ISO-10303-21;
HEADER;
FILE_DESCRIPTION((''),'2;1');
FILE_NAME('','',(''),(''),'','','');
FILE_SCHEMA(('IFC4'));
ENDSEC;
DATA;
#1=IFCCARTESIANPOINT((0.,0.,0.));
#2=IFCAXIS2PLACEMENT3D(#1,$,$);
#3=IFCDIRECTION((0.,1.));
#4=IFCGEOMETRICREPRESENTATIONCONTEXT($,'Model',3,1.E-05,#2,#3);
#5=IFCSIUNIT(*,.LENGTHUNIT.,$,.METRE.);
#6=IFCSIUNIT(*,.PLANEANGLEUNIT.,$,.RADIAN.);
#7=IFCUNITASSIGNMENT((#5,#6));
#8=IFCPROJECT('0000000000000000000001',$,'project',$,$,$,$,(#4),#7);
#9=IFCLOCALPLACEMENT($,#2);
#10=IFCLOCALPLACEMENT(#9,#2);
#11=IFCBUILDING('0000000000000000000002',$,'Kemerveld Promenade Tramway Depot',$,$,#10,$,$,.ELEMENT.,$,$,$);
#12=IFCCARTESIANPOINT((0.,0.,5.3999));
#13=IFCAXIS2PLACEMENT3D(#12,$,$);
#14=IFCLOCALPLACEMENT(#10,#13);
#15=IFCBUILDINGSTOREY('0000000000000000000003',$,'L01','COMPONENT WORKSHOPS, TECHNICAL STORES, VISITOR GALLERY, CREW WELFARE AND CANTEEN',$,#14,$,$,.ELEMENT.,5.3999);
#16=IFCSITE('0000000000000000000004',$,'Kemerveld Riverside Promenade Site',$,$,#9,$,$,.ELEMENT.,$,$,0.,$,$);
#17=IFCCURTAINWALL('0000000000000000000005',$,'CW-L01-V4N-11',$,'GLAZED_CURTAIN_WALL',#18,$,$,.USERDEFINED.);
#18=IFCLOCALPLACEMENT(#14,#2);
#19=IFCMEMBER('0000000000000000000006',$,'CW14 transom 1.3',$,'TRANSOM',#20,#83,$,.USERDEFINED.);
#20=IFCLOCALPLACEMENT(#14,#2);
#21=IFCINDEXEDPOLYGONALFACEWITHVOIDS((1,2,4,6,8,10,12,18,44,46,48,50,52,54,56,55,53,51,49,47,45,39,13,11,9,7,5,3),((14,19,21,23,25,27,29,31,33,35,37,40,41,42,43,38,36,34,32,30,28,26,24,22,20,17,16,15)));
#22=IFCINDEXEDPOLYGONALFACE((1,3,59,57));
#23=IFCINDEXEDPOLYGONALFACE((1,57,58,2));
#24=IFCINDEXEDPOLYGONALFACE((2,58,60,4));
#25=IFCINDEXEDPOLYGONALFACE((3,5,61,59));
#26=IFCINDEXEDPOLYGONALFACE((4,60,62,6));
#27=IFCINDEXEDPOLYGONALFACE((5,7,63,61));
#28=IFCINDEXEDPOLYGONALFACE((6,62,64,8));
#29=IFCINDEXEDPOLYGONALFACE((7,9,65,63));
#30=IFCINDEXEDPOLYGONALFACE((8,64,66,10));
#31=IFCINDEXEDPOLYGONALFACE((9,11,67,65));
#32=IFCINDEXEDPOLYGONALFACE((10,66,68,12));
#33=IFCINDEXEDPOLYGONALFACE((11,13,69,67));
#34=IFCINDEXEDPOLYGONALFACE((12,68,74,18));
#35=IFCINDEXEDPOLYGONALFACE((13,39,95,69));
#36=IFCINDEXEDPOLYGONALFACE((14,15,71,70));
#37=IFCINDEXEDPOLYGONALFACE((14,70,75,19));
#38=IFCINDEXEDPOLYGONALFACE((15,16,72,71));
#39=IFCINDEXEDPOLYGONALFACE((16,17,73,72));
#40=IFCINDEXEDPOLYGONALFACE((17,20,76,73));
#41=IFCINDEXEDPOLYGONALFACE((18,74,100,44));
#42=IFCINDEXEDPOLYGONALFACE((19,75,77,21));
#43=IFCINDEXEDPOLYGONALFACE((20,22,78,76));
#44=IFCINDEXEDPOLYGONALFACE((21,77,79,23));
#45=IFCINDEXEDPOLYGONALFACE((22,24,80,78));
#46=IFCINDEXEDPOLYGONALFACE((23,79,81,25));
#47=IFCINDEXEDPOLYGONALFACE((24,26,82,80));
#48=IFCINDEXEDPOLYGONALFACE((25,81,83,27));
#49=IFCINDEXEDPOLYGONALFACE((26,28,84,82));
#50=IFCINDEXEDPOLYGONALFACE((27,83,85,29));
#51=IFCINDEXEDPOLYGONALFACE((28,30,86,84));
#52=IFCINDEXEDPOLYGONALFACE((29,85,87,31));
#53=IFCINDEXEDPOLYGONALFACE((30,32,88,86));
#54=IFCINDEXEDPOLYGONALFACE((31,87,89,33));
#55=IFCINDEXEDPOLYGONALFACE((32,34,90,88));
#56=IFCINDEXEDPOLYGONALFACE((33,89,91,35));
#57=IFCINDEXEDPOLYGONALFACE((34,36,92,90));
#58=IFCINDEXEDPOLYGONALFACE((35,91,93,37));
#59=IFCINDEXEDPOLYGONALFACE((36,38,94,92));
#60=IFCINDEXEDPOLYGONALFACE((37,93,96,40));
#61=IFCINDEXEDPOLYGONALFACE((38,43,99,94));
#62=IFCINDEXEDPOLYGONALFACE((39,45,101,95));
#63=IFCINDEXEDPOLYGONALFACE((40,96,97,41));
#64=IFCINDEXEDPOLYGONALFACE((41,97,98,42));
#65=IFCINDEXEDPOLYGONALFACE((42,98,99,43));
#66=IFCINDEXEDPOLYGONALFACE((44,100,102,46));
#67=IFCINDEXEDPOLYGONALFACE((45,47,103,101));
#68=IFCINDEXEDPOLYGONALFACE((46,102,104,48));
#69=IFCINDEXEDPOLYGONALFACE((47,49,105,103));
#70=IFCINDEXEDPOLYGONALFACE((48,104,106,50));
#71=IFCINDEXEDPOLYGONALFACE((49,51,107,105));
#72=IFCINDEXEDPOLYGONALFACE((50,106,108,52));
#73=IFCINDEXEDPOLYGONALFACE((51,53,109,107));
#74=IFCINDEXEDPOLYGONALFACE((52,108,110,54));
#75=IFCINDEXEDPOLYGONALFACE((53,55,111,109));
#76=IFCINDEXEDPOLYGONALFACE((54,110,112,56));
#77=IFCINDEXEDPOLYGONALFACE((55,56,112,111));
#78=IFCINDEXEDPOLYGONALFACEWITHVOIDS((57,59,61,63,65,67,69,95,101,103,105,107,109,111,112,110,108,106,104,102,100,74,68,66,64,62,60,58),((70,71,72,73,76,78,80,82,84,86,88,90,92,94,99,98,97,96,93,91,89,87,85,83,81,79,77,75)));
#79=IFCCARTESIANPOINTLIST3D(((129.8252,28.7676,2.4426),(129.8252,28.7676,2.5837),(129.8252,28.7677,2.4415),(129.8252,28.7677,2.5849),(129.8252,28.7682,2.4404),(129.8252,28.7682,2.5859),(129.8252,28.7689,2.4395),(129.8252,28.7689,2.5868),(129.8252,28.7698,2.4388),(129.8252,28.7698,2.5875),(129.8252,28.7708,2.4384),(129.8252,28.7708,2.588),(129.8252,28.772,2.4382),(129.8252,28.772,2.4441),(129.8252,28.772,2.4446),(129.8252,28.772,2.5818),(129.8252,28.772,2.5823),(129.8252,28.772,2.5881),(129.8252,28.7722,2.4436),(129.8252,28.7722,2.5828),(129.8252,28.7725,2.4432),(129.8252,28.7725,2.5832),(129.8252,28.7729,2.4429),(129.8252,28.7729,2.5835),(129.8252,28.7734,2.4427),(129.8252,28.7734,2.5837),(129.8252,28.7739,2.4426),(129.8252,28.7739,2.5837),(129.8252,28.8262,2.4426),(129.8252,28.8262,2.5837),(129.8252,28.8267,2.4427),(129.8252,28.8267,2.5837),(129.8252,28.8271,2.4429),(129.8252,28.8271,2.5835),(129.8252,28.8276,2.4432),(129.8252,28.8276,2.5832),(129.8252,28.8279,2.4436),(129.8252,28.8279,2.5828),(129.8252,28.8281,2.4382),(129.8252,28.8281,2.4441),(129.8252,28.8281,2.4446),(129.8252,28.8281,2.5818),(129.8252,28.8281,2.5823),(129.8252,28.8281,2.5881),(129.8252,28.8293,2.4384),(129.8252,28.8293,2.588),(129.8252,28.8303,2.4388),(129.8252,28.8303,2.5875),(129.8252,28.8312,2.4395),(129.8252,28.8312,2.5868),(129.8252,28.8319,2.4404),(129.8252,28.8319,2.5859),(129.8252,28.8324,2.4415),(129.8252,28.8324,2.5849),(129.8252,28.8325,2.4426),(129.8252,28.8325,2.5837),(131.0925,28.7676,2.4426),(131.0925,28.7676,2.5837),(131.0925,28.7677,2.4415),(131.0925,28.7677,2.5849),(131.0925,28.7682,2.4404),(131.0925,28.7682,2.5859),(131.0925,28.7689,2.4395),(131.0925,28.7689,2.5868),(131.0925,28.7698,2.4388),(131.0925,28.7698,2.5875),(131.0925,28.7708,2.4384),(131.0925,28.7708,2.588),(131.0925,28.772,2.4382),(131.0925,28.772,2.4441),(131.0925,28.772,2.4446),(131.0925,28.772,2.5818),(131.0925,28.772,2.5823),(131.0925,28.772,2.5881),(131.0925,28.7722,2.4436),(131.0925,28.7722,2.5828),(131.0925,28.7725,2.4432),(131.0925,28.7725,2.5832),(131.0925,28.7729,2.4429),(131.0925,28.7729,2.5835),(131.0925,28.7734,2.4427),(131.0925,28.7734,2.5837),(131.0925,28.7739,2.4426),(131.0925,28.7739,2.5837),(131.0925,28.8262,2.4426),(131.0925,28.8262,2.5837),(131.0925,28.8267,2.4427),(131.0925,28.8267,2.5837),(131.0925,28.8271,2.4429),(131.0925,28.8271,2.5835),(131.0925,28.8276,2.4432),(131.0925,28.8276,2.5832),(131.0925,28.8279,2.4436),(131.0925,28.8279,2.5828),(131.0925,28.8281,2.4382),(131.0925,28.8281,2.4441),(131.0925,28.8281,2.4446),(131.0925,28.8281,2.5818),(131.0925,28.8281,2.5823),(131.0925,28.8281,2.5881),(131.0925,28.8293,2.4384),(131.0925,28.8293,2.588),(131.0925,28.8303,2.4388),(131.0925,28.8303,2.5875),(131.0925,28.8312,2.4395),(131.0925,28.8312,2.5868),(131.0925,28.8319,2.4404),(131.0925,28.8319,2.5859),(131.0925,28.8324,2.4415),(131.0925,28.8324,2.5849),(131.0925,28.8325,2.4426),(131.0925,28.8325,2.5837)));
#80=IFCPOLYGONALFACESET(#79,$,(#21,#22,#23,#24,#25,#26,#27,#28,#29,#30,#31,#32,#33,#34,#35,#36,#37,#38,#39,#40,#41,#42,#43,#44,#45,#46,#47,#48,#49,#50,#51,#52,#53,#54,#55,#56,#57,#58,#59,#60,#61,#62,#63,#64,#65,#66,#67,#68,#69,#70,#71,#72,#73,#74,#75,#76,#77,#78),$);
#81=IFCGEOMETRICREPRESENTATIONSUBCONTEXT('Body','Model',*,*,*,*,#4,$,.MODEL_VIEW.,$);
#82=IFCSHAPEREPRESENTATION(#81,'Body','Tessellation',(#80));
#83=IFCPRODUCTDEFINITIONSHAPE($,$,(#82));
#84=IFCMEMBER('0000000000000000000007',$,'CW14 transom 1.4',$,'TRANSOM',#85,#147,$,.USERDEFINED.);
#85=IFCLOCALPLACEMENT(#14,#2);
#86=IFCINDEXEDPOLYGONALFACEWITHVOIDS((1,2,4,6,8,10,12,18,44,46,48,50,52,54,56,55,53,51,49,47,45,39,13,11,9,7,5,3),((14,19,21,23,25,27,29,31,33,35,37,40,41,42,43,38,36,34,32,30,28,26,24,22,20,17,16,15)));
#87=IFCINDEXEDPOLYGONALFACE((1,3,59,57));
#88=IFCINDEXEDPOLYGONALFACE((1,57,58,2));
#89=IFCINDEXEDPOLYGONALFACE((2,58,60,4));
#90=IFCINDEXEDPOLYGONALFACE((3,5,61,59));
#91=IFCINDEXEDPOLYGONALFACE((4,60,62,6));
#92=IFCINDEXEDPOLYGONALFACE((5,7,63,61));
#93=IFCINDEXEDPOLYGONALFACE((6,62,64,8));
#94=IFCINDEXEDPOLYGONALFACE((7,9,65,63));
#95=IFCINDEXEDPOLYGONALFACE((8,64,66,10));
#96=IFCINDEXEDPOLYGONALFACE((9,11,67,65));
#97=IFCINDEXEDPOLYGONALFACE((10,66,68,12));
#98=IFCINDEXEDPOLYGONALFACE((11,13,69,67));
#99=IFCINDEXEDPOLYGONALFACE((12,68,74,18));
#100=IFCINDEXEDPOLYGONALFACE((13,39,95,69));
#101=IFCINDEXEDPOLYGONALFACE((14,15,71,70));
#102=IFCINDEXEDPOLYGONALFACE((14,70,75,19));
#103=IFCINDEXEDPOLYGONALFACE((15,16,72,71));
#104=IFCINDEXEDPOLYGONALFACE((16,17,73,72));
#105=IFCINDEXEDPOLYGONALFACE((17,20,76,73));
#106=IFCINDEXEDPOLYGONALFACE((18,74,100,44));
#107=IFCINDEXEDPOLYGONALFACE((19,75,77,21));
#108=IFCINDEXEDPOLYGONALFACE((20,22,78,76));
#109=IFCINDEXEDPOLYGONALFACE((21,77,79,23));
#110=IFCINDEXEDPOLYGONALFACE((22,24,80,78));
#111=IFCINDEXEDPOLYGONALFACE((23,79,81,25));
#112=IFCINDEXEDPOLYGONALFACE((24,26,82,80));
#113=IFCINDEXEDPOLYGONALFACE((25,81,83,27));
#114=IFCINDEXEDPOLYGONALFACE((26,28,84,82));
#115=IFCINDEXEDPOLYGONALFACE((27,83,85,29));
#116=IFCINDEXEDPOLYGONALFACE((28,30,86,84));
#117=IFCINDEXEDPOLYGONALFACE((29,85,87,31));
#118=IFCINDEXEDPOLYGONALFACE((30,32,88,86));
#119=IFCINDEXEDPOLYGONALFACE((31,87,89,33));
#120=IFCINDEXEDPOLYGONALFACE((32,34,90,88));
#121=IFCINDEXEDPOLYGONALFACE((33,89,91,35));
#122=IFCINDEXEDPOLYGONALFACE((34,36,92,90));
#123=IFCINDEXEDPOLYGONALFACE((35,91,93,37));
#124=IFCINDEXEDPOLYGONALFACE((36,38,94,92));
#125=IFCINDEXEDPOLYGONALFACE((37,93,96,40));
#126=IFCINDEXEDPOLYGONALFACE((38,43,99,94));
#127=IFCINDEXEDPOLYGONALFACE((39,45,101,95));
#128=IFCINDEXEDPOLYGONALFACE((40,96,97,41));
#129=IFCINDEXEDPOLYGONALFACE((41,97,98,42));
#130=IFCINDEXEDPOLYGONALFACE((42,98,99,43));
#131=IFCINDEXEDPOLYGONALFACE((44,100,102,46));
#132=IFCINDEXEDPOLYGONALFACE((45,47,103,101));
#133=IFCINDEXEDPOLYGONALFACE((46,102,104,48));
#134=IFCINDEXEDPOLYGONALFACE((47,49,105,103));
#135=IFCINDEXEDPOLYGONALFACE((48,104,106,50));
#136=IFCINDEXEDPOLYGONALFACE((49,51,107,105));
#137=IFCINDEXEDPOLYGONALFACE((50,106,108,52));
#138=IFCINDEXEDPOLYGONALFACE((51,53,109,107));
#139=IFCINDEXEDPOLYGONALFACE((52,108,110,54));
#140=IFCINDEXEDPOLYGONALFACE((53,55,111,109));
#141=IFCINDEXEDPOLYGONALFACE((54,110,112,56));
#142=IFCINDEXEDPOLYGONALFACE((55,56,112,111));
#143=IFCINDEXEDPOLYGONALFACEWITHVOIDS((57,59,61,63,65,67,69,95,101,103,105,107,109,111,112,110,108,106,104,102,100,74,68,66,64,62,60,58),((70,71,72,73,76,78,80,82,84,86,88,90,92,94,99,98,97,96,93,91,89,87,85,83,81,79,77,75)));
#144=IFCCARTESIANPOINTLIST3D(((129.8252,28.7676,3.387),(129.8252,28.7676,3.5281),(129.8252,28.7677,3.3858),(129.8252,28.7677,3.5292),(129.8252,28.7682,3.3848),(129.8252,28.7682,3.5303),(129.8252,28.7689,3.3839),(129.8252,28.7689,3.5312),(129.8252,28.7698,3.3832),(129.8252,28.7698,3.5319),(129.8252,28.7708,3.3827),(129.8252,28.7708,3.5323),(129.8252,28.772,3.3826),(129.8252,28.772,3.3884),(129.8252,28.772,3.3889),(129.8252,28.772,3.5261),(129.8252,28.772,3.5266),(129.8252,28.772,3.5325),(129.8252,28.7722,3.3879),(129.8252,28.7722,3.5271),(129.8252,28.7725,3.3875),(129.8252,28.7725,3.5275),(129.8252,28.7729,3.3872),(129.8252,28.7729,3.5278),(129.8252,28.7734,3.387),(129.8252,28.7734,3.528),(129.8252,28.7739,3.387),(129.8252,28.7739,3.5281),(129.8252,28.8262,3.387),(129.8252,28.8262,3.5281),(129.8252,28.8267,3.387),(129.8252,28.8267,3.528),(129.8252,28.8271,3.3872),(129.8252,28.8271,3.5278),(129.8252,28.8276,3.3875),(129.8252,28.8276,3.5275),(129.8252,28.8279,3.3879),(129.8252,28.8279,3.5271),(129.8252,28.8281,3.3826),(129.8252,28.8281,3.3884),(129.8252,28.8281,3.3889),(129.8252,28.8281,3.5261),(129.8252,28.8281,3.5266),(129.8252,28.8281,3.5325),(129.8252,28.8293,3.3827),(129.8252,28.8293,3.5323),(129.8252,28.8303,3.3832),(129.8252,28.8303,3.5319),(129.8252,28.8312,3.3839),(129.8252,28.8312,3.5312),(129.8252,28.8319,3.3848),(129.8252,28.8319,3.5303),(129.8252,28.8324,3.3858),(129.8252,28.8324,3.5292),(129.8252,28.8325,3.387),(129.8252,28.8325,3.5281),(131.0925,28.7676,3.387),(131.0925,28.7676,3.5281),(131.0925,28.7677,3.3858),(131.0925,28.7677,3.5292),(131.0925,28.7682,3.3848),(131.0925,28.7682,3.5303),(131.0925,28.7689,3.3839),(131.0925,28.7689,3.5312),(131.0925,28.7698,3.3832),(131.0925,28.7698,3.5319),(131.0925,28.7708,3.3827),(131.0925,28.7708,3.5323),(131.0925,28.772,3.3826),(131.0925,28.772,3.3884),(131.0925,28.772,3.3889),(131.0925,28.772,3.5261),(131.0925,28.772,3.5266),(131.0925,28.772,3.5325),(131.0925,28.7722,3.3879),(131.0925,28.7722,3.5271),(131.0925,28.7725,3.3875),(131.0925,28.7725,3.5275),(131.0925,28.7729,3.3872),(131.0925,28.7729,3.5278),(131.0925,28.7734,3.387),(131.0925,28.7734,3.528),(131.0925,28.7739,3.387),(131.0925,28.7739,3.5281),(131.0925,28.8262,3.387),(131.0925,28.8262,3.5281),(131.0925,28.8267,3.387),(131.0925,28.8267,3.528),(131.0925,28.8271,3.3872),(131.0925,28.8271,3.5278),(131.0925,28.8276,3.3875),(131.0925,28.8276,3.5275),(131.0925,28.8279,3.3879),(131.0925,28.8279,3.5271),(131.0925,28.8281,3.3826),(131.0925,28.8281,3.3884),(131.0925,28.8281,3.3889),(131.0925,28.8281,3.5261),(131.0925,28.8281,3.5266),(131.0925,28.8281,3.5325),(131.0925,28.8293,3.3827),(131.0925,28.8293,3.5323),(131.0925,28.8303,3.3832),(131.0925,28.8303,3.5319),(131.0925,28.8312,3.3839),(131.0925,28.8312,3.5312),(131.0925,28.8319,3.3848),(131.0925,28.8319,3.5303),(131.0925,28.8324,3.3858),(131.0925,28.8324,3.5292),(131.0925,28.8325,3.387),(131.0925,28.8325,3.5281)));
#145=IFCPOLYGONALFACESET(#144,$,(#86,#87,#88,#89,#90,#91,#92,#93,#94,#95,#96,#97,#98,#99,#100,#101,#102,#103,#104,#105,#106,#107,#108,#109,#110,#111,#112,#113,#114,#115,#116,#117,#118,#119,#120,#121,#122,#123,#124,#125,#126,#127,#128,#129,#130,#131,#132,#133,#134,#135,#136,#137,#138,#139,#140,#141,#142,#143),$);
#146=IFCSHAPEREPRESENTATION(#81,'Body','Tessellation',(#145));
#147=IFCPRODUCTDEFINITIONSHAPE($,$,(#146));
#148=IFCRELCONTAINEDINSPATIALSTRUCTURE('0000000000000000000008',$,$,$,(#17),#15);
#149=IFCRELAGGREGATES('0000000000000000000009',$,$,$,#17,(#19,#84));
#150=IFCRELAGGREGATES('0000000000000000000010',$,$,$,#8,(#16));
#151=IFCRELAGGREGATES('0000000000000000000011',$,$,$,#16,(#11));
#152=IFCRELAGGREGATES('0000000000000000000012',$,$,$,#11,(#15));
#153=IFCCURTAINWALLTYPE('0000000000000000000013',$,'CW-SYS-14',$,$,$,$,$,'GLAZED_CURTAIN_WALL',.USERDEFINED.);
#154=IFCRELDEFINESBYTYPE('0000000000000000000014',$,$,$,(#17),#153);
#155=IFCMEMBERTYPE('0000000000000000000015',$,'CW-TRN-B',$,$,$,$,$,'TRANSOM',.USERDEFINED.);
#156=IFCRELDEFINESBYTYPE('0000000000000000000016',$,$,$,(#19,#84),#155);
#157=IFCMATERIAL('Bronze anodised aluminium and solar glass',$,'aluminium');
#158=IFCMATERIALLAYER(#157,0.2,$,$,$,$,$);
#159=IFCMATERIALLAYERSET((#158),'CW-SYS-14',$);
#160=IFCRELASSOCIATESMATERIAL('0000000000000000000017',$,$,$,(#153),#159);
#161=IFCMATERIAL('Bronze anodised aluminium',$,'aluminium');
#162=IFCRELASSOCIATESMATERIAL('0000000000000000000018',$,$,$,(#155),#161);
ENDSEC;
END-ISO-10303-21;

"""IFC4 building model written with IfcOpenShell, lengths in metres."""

from ifc_helpers import new_model, si_unit, direction, frame, origin, origin_2d, place, context, subcontext, project, spatial, hollow_rectangle, extrude, material, layer, layer_set, material_profile, profile_set, type_object, element, aggregate, save


model = new_model("IFC4")

# Units and contexts
model_context = context("Model", 3, precision=1e-05, world=origin(), true_north=direction((0.0, 1.0)))
body_context = subcontext(model_context, "Body", "Model", "MODEL_VIEW")
ifc_project = project(units=[si_unit("LENGTHUNIT", "METRE"), si_unit("PLANEANGLEUNIT", "RADIAN")], contexts=[model_context])

# Site, building, storey
site_placement = place(None, origin())
site = spatial("IfcSite", under=ifc_project, at=site_placement, Name="Kemerveld Riverside Promenade Site", CompositionType="ELEMENT", RefElevation=0.0)
building_placement = place(site_placement, origin())
building = spatial("IfcBuilding", under=site, at=building_placement, Name="Kemerveld Promenade Tramway Depot", CompositionType="ELEMENT")
storey_placement = place(building_placement, frame((0.0, 0.0, 5.3999)))
storey = spatial("IfcBuildingStorey", under=building, at=storey_placement, Name="L01", Description="COMPONENT WORKSHOPS, TECHNICAL STORES, VISITOR GALLERY, CREW WELFARE AND CANTEEN", CompositionType="ELEMENT", Elevation=5.3999)

# Curtain wall, members
ifc_material_1 = material(Name="Bronze anodised aluminium and solar glass", Category="aluminium")
ifc_layer_1 = layer(ifc_material_1, 0.2)
ifc_layer_set_1 = layer_set([ifc_layer_1], Name="CW-SYS-14")
curtain_wall_type = type_object("IfcCurtainWallType", Name="CW-SYS-14", ElementType="GLAZED_CURTAIN_WALL", PredefinedType="USERDEFINED", material=ifc_layer_set_1)
curtain_wall_placement = place(storey_placement, origin())
curtain_wall = element("IfcCurtainWall", 1, at=curtain_wall_placement, inside=storey, type_object=curtain_wall_type, Name="CW-L01-V4N-11", ObjectType="GLAZED_CURTAIN_WALL", PredefinedType="USERDEFINED")
ifc_material_2 = material(Name="Bronze anodised aluminium", Category="aluminium")
ifc_material_profile_1 = material_profile(ifc_material_2, hollow_rectangle(XDim=0.0649, YDim=0.1499, WallThickness=0.0044, InnerFilletRadius=0.002, OuterFilletRadius=0.0044, at=origin_2d()), Name="CW-TRN-150x65")
ifc_profile_set_1 = profile_set([ifc_material_profile_1], Name="Bronze anodised aluminium")
member_type_1 = type_object("IfcMemberType", Name="CW-TRN-B", ElementType="TRANSOM", PredefinedType="USERDEFINED", material=ifc_profile_set_1)
member_1_placement = place(storey_placement, frame((129.8252, 28.8, 2.5132), z_axis=(1.0, 0.0, 0.0), x_axis=(0.0, 1.0, 0.0)))
member_1 = element("IfcMember", 2, at=member_1_placement, type_object=member_type_1, Name="CW14 transom 1.3", ObjectType="TRANSOM", PredefinedType="USERDEFINED", context=body_context, shape_type="SweptSolid", body=[
    extrude(hollow_rectangle(XDim=0.0649, YDim=0.1499, WallThickness=0.0044, InnerFilletRadius=0.002, OuterFilletRadius=0.0044, at=origin_2d()), origin(), (0.0, 0.0, 1.0), 1.2673),
])
member_2_placement = place(storey_placement, frame((129.8252, 28.8, 3.4575), z_axis=(1.0, 0.0, 0.0), x_axis=(0.0, 1.0, 0.0)))
member_2 = element("IfcMember", 3, at=member_2_placement, type_object=member_type_1, Name="CW14 transom 1.4", ObjectType="TRANSOM", PredefinedType="USERDEFINED", context=body_context, shape_type="SweptSolid", body=[
    extrude(hollow_rectangle(XDim=0.0649, YDim=0.1499, WallThickness=0.0044, InnerFilletRadius=0.002, OuterFilletRadius=0.0044, at=origin_2d()), origin(), (0.0, 0.0, 1.0), 1.2673),
])
aggregate(curtain_wall, [member_1, member_2])

save(model, "model.ifc")
